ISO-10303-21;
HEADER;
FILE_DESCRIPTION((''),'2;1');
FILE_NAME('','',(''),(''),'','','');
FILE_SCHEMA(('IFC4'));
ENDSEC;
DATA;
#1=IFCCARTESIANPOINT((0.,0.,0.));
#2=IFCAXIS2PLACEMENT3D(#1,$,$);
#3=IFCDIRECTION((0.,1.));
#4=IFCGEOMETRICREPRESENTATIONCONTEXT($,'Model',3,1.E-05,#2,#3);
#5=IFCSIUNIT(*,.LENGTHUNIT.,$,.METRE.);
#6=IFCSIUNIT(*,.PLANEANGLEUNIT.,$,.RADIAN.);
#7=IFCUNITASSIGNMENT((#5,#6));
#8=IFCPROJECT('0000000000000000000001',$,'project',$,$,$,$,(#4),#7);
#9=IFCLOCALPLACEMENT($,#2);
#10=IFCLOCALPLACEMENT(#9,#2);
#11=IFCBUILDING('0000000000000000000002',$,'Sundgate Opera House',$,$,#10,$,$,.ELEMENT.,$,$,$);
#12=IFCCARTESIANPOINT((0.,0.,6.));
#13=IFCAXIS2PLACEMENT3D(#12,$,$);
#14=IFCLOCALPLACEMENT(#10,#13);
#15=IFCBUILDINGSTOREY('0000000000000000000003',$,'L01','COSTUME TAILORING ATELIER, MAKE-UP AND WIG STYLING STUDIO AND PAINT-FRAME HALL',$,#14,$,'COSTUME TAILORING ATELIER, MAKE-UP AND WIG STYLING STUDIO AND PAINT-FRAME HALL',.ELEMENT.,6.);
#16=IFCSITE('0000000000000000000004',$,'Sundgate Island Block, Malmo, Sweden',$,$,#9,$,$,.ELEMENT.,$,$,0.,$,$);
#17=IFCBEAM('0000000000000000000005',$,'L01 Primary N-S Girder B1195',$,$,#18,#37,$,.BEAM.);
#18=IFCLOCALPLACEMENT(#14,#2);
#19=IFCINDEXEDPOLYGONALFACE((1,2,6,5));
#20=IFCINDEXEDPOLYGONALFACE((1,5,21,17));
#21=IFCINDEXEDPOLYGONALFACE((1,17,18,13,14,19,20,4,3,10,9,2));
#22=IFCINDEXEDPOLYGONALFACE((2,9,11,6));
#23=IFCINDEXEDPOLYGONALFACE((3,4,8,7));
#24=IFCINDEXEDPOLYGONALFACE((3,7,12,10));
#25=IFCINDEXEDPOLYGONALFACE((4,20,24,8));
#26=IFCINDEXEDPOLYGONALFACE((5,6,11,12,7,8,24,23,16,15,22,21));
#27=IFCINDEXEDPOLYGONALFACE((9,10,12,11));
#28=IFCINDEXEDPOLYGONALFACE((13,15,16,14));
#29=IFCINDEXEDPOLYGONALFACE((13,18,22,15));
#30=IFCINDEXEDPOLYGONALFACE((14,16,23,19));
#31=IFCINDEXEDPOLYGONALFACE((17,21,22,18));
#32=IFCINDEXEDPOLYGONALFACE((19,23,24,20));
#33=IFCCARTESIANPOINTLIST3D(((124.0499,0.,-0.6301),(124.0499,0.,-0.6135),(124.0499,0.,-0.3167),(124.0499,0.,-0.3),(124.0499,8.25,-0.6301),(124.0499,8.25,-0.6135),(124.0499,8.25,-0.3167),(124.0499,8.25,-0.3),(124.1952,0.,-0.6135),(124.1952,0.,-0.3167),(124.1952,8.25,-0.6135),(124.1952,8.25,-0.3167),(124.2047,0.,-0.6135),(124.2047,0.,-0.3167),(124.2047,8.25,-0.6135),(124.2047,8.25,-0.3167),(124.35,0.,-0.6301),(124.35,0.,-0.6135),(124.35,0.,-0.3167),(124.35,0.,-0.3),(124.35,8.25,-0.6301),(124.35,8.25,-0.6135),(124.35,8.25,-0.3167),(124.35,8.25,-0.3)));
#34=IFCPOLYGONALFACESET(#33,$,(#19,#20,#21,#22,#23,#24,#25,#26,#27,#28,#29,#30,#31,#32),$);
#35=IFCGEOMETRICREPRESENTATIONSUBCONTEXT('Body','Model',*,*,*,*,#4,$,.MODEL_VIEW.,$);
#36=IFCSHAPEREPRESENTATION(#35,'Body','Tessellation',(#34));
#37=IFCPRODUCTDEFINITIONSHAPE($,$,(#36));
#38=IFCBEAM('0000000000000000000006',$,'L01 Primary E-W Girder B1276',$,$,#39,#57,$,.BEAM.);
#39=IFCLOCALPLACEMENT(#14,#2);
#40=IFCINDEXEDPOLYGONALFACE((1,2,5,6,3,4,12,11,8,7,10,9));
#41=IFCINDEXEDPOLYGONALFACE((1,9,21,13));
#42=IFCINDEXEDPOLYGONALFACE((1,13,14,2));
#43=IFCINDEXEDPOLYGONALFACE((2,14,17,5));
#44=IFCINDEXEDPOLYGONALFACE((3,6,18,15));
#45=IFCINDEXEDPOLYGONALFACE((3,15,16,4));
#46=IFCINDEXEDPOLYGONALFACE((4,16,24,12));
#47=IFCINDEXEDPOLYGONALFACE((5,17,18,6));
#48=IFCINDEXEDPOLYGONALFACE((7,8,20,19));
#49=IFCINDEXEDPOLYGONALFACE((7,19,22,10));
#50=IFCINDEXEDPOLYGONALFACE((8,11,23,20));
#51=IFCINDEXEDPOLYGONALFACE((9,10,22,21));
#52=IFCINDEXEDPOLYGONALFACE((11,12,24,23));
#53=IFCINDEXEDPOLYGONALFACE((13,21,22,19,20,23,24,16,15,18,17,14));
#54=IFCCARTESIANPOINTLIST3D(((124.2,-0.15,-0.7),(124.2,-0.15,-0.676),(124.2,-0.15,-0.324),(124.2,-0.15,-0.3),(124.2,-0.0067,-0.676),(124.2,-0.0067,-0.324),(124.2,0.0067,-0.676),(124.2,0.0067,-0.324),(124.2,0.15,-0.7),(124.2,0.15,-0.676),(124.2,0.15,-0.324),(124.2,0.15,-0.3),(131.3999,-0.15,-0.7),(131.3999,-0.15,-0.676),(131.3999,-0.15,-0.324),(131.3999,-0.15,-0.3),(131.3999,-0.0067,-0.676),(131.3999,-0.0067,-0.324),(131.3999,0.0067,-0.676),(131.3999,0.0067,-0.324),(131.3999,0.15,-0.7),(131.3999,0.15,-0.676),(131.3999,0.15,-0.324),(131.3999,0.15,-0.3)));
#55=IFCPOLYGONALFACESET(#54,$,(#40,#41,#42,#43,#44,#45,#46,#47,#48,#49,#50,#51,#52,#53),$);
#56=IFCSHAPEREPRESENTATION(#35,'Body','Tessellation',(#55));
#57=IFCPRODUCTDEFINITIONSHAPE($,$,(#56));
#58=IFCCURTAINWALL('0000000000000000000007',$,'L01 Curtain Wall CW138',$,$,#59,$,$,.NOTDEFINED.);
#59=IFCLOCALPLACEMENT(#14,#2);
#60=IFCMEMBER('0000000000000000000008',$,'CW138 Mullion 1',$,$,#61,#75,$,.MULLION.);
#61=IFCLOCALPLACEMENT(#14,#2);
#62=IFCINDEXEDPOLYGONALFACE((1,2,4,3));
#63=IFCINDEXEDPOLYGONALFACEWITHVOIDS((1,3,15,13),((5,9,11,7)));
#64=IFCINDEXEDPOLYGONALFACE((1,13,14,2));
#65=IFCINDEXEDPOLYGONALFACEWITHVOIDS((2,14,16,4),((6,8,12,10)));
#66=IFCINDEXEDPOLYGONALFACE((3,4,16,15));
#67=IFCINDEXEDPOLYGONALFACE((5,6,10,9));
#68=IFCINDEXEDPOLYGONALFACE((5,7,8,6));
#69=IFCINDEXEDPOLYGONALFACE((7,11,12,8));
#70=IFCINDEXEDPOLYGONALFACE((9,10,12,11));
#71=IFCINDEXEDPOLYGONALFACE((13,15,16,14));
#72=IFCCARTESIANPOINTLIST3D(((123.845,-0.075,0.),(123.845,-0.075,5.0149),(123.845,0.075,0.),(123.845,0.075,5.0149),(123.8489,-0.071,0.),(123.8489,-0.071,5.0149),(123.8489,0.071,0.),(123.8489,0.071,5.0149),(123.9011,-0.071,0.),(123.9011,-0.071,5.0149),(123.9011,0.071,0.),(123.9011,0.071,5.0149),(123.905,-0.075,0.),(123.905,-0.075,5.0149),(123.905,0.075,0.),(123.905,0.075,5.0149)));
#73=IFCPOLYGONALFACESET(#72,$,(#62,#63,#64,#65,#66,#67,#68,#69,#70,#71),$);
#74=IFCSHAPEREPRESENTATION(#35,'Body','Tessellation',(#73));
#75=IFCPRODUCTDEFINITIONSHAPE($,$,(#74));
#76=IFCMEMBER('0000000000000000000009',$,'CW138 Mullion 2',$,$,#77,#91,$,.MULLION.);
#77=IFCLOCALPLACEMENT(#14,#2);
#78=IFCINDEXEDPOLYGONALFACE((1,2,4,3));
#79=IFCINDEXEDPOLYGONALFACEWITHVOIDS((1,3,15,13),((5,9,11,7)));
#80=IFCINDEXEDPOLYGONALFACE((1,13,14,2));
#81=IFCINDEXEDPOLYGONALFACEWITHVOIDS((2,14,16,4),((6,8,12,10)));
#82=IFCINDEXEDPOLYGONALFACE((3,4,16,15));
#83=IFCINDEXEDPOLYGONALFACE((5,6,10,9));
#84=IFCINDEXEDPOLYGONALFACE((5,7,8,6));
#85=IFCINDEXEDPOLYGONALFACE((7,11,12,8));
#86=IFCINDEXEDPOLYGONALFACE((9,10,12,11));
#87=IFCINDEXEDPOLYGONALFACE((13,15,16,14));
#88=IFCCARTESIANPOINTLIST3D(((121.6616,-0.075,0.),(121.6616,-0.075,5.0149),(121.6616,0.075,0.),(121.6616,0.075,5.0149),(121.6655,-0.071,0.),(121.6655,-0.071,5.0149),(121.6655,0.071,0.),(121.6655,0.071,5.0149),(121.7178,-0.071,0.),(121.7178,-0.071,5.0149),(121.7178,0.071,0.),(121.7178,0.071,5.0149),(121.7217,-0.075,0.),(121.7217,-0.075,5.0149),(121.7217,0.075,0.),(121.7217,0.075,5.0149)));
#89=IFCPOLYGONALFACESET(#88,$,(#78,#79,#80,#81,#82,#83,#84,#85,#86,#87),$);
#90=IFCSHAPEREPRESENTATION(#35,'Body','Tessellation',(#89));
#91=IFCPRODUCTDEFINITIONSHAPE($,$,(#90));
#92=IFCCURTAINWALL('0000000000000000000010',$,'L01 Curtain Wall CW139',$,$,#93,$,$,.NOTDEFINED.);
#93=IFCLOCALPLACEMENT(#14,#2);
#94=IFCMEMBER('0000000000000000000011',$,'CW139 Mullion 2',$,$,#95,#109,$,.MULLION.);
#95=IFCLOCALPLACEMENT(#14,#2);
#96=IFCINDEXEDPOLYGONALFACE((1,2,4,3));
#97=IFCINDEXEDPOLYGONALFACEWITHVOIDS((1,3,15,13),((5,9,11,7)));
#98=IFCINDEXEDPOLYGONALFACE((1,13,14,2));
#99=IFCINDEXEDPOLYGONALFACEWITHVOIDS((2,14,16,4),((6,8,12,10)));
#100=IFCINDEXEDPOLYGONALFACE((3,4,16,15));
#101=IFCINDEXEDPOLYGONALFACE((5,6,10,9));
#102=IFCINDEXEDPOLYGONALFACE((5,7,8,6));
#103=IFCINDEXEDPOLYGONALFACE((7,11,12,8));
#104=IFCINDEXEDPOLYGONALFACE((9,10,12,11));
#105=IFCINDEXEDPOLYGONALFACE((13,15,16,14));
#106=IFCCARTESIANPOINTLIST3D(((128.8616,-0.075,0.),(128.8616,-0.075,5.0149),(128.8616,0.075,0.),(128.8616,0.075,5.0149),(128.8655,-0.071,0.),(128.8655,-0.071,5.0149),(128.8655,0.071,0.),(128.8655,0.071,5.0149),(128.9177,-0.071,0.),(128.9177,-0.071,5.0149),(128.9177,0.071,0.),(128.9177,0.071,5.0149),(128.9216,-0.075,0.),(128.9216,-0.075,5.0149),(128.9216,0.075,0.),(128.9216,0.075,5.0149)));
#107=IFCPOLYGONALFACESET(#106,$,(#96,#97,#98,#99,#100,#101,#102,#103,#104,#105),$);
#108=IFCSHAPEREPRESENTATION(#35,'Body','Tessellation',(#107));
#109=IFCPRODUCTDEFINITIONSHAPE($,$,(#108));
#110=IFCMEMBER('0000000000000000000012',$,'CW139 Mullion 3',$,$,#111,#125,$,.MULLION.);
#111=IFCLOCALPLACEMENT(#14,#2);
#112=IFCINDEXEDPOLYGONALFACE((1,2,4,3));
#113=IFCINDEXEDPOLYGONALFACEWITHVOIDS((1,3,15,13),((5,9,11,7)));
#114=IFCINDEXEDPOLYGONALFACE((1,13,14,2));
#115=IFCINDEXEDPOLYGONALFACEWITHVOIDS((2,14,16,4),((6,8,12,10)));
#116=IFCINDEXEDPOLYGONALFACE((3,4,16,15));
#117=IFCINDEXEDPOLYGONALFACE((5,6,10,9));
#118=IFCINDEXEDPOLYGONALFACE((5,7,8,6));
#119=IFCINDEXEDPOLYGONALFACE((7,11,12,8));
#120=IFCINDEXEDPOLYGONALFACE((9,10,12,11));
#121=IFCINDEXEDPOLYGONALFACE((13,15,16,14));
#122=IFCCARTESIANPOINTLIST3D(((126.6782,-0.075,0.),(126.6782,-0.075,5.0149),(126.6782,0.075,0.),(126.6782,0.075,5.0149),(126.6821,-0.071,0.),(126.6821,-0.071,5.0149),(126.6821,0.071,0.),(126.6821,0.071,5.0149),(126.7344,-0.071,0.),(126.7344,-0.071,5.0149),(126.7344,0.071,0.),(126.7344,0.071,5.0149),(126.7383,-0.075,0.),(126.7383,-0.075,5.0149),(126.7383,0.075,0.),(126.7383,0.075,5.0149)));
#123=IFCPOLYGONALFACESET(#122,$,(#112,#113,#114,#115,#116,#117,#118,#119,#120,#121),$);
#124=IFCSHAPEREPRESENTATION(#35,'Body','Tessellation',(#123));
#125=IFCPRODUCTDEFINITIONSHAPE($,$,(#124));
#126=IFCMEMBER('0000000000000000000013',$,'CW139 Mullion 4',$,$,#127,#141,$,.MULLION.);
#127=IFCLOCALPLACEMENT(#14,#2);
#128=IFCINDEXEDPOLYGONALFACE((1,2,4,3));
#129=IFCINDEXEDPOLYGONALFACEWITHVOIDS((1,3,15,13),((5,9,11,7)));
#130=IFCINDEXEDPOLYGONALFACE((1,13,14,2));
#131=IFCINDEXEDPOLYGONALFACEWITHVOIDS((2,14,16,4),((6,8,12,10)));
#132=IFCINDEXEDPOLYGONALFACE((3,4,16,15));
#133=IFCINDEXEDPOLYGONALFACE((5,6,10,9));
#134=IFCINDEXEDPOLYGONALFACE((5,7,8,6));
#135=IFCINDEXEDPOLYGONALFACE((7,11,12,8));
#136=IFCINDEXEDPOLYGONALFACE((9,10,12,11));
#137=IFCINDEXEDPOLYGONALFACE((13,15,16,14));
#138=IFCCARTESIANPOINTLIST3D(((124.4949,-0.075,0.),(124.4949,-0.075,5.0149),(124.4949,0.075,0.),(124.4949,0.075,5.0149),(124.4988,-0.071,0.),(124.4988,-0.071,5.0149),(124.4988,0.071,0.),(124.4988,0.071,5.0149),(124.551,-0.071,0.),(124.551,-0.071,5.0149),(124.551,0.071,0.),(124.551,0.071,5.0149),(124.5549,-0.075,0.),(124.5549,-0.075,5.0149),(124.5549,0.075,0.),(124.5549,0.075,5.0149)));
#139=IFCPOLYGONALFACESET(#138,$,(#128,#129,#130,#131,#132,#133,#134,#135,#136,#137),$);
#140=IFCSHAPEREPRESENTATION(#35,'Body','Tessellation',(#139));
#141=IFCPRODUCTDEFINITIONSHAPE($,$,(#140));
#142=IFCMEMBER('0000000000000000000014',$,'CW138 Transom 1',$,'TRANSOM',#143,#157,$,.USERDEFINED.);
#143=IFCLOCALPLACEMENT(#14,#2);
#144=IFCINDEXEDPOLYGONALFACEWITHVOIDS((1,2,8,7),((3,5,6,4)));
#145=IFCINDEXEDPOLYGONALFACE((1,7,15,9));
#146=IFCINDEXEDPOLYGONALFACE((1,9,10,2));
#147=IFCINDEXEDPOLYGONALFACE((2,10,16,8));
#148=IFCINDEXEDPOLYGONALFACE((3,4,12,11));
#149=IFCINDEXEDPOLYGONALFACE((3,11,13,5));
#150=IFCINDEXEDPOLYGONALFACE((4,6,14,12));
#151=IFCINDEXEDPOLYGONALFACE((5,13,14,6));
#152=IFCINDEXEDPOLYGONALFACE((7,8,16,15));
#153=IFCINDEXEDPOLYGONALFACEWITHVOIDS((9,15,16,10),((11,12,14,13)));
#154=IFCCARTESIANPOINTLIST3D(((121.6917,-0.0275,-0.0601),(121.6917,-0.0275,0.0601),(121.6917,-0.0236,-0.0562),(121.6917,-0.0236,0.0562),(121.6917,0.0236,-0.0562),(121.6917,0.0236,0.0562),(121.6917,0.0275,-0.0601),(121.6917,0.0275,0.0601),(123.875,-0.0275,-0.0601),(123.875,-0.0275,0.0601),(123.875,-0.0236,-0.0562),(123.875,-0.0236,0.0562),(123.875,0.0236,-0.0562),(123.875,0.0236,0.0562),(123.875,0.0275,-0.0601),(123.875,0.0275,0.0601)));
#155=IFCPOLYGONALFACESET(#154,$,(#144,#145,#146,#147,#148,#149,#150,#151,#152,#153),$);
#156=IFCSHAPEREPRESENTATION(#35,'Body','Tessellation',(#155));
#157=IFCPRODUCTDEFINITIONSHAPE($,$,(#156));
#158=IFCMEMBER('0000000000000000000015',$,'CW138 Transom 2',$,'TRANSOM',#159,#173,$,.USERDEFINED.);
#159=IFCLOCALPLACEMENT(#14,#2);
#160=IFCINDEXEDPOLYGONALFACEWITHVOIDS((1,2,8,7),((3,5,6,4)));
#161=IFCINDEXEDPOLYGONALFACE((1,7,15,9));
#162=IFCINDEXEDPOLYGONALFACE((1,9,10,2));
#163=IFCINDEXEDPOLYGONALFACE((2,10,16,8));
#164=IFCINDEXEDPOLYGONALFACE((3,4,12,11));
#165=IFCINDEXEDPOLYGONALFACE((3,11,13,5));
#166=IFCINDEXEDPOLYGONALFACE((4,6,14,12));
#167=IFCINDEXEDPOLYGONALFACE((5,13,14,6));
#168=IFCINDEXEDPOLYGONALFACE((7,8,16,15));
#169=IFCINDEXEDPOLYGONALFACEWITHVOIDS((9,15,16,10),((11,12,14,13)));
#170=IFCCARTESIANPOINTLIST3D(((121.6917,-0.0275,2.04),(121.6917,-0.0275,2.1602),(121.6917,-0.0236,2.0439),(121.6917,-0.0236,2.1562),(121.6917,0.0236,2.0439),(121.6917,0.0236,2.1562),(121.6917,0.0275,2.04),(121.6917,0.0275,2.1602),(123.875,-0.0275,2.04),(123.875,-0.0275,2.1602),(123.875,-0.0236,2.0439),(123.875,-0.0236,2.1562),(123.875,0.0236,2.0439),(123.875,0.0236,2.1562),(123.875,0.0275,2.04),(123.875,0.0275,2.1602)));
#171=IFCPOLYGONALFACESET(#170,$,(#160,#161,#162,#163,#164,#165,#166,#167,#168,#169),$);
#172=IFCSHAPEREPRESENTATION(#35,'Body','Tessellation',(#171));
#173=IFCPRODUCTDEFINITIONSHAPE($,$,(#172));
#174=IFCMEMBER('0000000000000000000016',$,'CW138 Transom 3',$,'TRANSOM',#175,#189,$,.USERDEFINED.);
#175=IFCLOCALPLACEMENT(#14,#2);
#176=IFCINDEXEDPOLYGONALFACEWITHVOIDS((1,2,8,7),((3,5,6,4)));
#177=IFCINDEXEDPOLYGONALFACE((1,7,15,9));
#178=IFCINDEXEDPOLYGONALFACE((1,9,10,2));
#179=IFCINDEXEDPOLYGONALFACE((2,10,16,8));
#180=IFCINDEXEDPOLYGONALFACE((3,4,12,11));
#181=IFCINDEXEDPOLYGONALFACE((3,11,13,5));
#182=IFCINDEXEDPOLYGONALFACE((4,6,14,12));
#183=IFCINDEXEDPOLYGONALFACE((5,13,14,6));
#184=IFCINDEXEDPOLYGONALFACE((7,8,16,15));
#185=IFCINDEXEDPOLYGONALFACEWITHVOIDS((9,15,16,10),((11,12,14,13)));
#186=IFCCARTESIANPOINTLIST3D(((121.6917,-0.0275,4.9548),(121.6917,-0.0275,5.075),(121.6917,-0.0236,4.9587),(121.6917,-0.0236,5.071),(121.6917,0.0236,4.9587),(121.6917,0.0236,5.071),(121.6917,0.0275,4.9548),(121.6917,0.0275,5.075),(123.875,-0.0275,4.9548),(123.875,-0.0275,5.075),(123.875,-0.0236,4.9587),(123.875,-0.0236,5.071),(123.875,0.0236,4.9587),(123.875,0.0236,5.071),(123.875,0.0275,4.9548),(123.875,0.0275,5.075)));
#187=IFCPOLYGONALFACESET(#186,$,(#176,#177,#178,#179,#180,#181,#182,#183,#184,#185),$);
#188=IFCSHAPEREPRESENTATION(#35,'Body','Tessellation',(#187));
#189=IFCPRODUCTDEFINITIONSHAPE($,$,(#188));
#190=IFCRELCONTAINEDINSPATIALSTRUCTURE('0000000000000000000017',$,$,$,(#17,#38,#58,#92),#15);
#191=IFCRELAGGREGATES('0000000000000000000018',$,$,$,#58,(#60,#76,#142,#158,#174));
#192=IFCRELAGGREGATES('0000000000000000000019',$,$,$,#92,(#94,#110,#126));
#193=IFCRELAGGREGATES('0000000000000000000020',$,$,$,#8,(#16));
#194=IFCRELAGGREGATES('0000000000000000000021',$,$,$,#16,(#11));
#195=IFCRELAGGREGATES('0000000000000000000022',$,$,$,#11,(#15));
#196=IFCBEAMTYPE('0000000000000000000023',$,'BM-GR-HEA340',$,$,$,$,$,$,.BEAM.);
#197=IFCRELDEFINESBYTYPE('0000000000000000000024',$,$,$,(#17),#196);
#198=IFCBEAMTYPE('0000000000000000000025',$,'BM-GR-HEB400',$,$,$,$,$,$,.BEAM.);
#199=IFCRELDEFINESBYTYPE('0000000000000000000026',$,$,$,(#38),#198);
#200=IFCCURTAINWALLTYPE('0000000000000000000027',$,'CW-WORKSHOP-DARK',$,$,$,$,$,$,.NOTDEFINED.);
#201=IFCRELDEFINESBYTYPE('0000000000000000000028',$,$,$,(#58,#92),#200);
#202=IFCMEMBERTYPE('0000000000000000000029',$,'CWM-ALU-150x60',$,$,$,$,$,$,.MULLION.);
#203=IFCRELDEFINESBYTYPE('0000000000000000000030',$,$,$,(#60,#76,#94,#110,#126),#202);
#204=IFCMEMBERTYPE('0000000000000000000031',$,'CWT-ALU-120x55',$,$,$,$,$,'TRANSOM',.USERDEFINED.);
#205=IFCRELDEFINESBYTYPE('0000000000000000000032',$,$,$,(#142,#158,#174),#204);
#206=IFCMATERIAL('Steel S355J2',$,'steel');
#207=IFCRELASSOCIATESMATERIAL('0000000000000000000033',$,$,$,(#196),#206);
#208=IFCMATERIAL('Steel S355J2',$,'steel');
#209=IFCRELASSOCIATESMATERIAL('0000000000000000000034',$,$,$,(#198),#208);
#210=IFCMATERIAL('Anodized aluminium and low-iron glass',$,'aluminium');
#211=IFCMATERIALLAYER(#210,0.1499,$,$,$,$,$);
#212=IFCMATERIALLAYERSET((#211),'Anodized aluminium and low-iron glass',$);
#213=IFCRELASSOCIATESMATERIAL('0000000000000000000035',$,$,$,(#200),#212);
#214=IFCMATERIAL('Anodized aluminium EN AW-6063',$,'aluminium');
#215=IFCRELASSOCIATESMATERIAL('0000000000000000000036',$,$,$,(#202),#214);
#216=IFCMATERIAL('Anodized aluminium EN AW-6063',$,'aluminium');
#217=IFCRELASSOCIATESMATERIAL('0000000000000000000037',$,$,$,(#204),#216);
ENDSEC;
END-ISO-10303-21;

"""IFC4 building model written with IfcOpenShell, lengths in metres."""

from ifc_helpers import new_model, si_unit, direction, frame, origin, origin_2d, place, context, subcontext, project, spatial, hollow_rectangle, i_section, extrude, material, layer, layer_set, material_profile, profile_set, type_object, element, aggregate, save


model = new_model("IFC4")

# Units and contexts
model_context = context("Model", 3, precision=1e-05, world=origin(), true_north=direction((0.0, 1.0)))
body_context = subcontext(model_context, "Body", "Model", "MODEL_VIEW")
ifc_project = project(units=[si_unit("LENGTHUNIT", "METRE"), si_unit("PLANEANGLEUNIT", "RADIAN")], contexts=[model_context])

# Site, building, storey
site_placement = place(None, origin())
site = spatial("IfcSite", under=ifc_project, at=site_placement, Name="Sundgate Island Block, Malmo, Sweden", CompositionType="ELEMENT", RefElevation=0.0)
building_placement = place(site_placement, origin())
building = spatial("IfcBuilding", under=site, at=building_placement, Name="Sundgate Opera House", CompositionType="ELEMENT")
storey_placement = place(building_placement, frame((0.0, 0.0, 6.0)))
storey = spatial("IfcBuildingStorey", under=building, at=storey_placement, Name="L01", Description="COSTUME TAILORING ATELIER, MAKE-UP AND WIG STYLING STUDIO AND PAINT-FRAME HALL", LongName="COSTUME TAILORING ATELIER, MAKE-UP AND WIG STYLING STUDIO AND PAINT-FRAME HALL", CompositionType="ELEMENT", Elevation=6.0)

# Beams
ifc_material_1 = material(Name="Steel S355J2", Category="steel")
ifc_material_profile_1 = material_profile(ifc_material_1, i_section(OverallWidth=0.3, OverallDepth=0.3301, WebThickness=0.0095, FlangeThickness=0.0166, at=origin_2d()), Name="HEA 340")
ifc_profile_set_1 = profile_set([ifc_material_profile_1], Name="Steel S355J2")
beam_type_1 = type_object("IfcBeamType", Name="BM-GR-HEA340", PredefinedType="BEAM", material=ifc_profile_set_1)
beam_1_placement = place(storey_placement, frame((124.2, 0.0, -0.4651), z_axis=(0.0, 1.0, 0.0), x_axis=(-1.0, 0.0, 0.0)))
element("IfcBeam", 1, at=beam_1_placement, inside=storey, type_object=beam_type_1, Name="L01 Primary N-S Girder B1195", PredefinedType="BEAM", context=body_context, shape_type="SweptSolid", body=[
    extrude(i_section(OverallWidth=0.3, OverallDepth=0.3301, WebThickness=0.0095, FlangeThickness=0.0166, at=origin_2d()), origin(), (0.0, 0.0, 1.0), 8.25),
])
ifc_material_2 = material(Name="Steel S355J2", Category="steel")
ifc_material_profile_2 = material_profile(ifc_material_2, i_section(OverallWidth=0.3, OverallDepth=0.3999, WebThickness=0.0134, FlangeThickness=0.0239, at=origin_2d()), Name="HEB 400")
ifc_profile_set_2 = profile_set([ifc_material_profile_2], Name="Steel S355J2")
beam_type_2 = type_object("IfcBeamType", Name="BM-GR-HEB400", PredefinedType="BEAM", material=ifc_profile_set_2)
beam_2_placement = place(storey_placement, frame((124.2, 0.0, -0.5), z_axis=(1.0, 0.0, 0.0), x_axis=(0.0, 1.0, 0.0)))
element("IfcBeam", 2, at=beam_2_placement, inside=storey, type_object=beam_type_2, Name="L01 Primary E-W Girder B1276", PredefinedType="BEAM", context=body_context, shape_type="SweptSolid", body=[
    extrude(i_section(OverallWidth=0.3, OverallDepth=0.3999, WebThickness=0.0134, FlangeThickness=0.0239, at=origin_2d()), origin(), (0.0, 0.0, 1.0), 7.2),
])

# Curtain walls, members
ifc_material_3 = material(Name="Anodized aluminium and low-iron glass", Category="aluminium")
ifc_layer_1 = layer(ifc_material_3, 0.1499)
ifc_layer_set_1 = layer_set([ifc_layer_1], Name="Anodized aluminium and low-iron glass")
curtain_wall_type = type_object("IfcCurtainWallType", Name="CW-WORKSHOP-DARK", PredefinedType="NOTDEFINED", material=ifc_layer_set_1)
curtain_wall_1_placement = place(storey_placement, origin())
curtain_wall_1 = element("IfcCurtainWall", 3, at=curtain_wall_1_placement, inside=storey, type_object=curtain_wall_type, Name="L01 Curtain Wall CW138", PredefinedType="NOTDEFINED")
ifc_material_4 = material(Name="Anodized aluminium EN AW-6063", Category="aluminium")
ifc_material_profile_3 = material_profile(ifc_material_4, hollow_rectangle(XDim=0.0601, YDim=0.1499, WallThickness=0.0039, at=origin_2d()), Name="CWM 150x60x4")
ifc_profile_set_3 = profile_set([ifc_material_profile_3], Name="Anodized aluminium EN AW-6063")
member_type_1 = type_object("IfcMemberType", Name="CWM-ALU-150x60", PredefinedType="MULLION", material=ifc_profile_set_3)
member_1_placement = place(storey_placement, frame((123.875, 0.0, 0.0), z_axis=(0.0, 0.0, 1.0), x_axis=(1.0, 0.0, 0.0)))
member_1 = element("IfcMember", 4, at=member_1_placement, type_object=member_type_1, Name="CW138 Mullion 1", PredefinedType="MULLION", context=body_context, shape_type="SweptSolid", body=[
    extrude(hollow_rectangle(XDim=0.0601, YDim=0.1499, WallThickness=0.0039, at=origin_2d()), origin(), (0.0, 0.0, 1.0), 5.0149),
])
member_2_placement = place(storey_placement, frame((121.6917, 0.0, 0.0), z_axis=(0.0, 0.0, 1.0), x_axis=(1.0, 0.0, 0.0)))
member_2 = element("IfcMember", 5, at=member_2_placement, type_object=member_type_1, Name="CW138 Mullion 2", PredefinedType="MULLION", context=body_context, shape_type="SweptSolid", body=[
    extrude(hollow_rectangle(XDim=0.0601, YDim=0.1499, WallThickness=0.0039, at=origin_2d()), origin(), (0.0, 0.0, 1.0), 5.0149),
])
curtain_wall_2_placement = place(storey_placement, origin())
curtain_wall_2 = element("IfcCurtainWall", 6, at=curtain_wall_2_placement, inside=storey, type_object=curtain_wall_type, Name="L01 Curtain Wall CW139", PredefinedType="NOTDEFINED")
member_3_placement = place(storey_placement, frame((128.8916, 0.0, 0.0), z_axis=(0.0, 0.0, 1.0), x_axis=(1.0, 0.0, 0.0)))
member_3 = element("IfcMember", 7, at=member_3_placement, type_object=member_type_1, Name="CW139 Mullion 2", PredefinedType="MULLION", context=body_context, shape_type="SweptSolid", body=[
    extrude(hollow_rectangle(XDim=0.0601, YDim=0.1499, WallThickness=0.0039, at=origin_2d()), origin(), (0.0, 0.0, 1.0), 5.0149),
])
member_4_placement = place(storey_placement, frame((126.7083, 0.0, 0.0), z_axis=(0.0, 0.0, 1.0), x_axis=(1.0, 0.0, 0.0)))
member_4 = element("IfcMember", 8, at=member_4_placement, type_object=member_type_1, Name="CW139 Mullion 3", PredefinedType="MULLION", context=body_context, shape_type="SweptSolid", body=[
    extrude(hollow_rectangle(XDim=0.0601, YDim=0.1499, WallThickness=0.0039, at=origin_2d()), origin(), (0.0, 0.0, 1.0), 5.0149),
])
member_5_placement = place(storey_placement, frame((124.5249, 0.0, 0.0), z_axis=(0.0, 0.0, 1.0), x_axis=(1.0, 0.0, 0.0)))
member_5 = element("IfcMember", 9, at=member_5_placement, type_object=member_type_1, Name="CW139 Mullion 4", PredefinedType="MULLION", context=body_context, shape_type="SweptSolid", body=[
    extrude(hollow_rectangle(XDim=0.0601, YDim=0.1499, WallThickness=0.0039, at=origin_2d()), origin(), (0.0, 0.0, 1.0), 5.0149),
])

# Members
ifc_material_5 = material(Name="Anodized aluminium EN AW-6063", Category="aluminium")
ifc_material_profile_4 = material_profile(ifc_material_5, hollow_rectangle(XDim=0.0549, YDim=0.1201, WallThickness=0.0039, at=origin_2d()), Name="CWT 120x55x4")
ifc_profile_set_4 = profile_set([ifc_material_profile_4], Name="Anodized aluminium EN AW-6063")
member_type_2 = type_object("IfcMemberType", Name="CWT-ALU-120x55", ElementType="TRANSOM", PredefinedType="USERDEFINED", material=ifc_profile_set_4)
member_6_placement = place(storey_placement, frame((123.875, 0.0, 0.0), z_axis=(-1.0, 0.0, 0.0), x_axis=(0.0, -1.0, 0.0)))
member_6 = element("IfcMember", 10, at=member_6_placement, type_object=member_type_2, Name="CW138 Transom 1", ObjectType="TRANSOM", PredefinedType="USERDEFINED", context=body_context, shape_type="SweptSolid", body=[
    extrude(hollow_rectangle(XDim=0.0549, YDim=0.1201, WallThickness=0.0039, at=origin_2d()), origin(), (0.0, 0.0, 1.0), 2.1833),
])
member_7_placement = place(storey_placement, frame((123.875, 0.0, 2.1001), z_axis=(-1.0, 0.0, 0.0), x_axis=(0.0, -1.0, 0.0)))
member_7 = element("IfcMember", 11, at=member_7_placement, type_object=member_type_2, Name="CW138 Transom 2", ObjectType="TRANSOM", PredefinedType="USERDEFINED", context=body_context, shape_type="SweptSolid", body=[
    extrude(hollow_rectangle(XDim=0.0549, YDim=0.1201, WallThickness=0.0039, at=origin_2d()), origin(), (0.0, 0.0, 1.0), 2.1833),
])
member_8_placement = place(storey_placement, frame((123.875, 0.0, 5.0149), z_axis=(-1.0, 0.0, 0.0), x_axis=(0.0, -1.0, 0.0)))
member_8 = element("IfcMember", 12, at=member_8_placement, type_object=member_type_2, Name="CW138 Transom 3", ObjectType="TRANSOM", PredefinedType="USERDEFINED", context=body_context, shape_type="SweptSolid", body=[
    extrude(hollow_rectangle(XDim=0.0549, YDim=0.1201, WallThickness=0.0039, at=origin_2d()), origin(), (0.0, 0.0, 1.0), 2.1833),
])

aggregate(curtain_wall_1, [member_1, member_2, member_6, member_7, member_8])
aggregate(curtain_wall_2, [member_3, member_4, member_5])

save(model, "model.ifc")
